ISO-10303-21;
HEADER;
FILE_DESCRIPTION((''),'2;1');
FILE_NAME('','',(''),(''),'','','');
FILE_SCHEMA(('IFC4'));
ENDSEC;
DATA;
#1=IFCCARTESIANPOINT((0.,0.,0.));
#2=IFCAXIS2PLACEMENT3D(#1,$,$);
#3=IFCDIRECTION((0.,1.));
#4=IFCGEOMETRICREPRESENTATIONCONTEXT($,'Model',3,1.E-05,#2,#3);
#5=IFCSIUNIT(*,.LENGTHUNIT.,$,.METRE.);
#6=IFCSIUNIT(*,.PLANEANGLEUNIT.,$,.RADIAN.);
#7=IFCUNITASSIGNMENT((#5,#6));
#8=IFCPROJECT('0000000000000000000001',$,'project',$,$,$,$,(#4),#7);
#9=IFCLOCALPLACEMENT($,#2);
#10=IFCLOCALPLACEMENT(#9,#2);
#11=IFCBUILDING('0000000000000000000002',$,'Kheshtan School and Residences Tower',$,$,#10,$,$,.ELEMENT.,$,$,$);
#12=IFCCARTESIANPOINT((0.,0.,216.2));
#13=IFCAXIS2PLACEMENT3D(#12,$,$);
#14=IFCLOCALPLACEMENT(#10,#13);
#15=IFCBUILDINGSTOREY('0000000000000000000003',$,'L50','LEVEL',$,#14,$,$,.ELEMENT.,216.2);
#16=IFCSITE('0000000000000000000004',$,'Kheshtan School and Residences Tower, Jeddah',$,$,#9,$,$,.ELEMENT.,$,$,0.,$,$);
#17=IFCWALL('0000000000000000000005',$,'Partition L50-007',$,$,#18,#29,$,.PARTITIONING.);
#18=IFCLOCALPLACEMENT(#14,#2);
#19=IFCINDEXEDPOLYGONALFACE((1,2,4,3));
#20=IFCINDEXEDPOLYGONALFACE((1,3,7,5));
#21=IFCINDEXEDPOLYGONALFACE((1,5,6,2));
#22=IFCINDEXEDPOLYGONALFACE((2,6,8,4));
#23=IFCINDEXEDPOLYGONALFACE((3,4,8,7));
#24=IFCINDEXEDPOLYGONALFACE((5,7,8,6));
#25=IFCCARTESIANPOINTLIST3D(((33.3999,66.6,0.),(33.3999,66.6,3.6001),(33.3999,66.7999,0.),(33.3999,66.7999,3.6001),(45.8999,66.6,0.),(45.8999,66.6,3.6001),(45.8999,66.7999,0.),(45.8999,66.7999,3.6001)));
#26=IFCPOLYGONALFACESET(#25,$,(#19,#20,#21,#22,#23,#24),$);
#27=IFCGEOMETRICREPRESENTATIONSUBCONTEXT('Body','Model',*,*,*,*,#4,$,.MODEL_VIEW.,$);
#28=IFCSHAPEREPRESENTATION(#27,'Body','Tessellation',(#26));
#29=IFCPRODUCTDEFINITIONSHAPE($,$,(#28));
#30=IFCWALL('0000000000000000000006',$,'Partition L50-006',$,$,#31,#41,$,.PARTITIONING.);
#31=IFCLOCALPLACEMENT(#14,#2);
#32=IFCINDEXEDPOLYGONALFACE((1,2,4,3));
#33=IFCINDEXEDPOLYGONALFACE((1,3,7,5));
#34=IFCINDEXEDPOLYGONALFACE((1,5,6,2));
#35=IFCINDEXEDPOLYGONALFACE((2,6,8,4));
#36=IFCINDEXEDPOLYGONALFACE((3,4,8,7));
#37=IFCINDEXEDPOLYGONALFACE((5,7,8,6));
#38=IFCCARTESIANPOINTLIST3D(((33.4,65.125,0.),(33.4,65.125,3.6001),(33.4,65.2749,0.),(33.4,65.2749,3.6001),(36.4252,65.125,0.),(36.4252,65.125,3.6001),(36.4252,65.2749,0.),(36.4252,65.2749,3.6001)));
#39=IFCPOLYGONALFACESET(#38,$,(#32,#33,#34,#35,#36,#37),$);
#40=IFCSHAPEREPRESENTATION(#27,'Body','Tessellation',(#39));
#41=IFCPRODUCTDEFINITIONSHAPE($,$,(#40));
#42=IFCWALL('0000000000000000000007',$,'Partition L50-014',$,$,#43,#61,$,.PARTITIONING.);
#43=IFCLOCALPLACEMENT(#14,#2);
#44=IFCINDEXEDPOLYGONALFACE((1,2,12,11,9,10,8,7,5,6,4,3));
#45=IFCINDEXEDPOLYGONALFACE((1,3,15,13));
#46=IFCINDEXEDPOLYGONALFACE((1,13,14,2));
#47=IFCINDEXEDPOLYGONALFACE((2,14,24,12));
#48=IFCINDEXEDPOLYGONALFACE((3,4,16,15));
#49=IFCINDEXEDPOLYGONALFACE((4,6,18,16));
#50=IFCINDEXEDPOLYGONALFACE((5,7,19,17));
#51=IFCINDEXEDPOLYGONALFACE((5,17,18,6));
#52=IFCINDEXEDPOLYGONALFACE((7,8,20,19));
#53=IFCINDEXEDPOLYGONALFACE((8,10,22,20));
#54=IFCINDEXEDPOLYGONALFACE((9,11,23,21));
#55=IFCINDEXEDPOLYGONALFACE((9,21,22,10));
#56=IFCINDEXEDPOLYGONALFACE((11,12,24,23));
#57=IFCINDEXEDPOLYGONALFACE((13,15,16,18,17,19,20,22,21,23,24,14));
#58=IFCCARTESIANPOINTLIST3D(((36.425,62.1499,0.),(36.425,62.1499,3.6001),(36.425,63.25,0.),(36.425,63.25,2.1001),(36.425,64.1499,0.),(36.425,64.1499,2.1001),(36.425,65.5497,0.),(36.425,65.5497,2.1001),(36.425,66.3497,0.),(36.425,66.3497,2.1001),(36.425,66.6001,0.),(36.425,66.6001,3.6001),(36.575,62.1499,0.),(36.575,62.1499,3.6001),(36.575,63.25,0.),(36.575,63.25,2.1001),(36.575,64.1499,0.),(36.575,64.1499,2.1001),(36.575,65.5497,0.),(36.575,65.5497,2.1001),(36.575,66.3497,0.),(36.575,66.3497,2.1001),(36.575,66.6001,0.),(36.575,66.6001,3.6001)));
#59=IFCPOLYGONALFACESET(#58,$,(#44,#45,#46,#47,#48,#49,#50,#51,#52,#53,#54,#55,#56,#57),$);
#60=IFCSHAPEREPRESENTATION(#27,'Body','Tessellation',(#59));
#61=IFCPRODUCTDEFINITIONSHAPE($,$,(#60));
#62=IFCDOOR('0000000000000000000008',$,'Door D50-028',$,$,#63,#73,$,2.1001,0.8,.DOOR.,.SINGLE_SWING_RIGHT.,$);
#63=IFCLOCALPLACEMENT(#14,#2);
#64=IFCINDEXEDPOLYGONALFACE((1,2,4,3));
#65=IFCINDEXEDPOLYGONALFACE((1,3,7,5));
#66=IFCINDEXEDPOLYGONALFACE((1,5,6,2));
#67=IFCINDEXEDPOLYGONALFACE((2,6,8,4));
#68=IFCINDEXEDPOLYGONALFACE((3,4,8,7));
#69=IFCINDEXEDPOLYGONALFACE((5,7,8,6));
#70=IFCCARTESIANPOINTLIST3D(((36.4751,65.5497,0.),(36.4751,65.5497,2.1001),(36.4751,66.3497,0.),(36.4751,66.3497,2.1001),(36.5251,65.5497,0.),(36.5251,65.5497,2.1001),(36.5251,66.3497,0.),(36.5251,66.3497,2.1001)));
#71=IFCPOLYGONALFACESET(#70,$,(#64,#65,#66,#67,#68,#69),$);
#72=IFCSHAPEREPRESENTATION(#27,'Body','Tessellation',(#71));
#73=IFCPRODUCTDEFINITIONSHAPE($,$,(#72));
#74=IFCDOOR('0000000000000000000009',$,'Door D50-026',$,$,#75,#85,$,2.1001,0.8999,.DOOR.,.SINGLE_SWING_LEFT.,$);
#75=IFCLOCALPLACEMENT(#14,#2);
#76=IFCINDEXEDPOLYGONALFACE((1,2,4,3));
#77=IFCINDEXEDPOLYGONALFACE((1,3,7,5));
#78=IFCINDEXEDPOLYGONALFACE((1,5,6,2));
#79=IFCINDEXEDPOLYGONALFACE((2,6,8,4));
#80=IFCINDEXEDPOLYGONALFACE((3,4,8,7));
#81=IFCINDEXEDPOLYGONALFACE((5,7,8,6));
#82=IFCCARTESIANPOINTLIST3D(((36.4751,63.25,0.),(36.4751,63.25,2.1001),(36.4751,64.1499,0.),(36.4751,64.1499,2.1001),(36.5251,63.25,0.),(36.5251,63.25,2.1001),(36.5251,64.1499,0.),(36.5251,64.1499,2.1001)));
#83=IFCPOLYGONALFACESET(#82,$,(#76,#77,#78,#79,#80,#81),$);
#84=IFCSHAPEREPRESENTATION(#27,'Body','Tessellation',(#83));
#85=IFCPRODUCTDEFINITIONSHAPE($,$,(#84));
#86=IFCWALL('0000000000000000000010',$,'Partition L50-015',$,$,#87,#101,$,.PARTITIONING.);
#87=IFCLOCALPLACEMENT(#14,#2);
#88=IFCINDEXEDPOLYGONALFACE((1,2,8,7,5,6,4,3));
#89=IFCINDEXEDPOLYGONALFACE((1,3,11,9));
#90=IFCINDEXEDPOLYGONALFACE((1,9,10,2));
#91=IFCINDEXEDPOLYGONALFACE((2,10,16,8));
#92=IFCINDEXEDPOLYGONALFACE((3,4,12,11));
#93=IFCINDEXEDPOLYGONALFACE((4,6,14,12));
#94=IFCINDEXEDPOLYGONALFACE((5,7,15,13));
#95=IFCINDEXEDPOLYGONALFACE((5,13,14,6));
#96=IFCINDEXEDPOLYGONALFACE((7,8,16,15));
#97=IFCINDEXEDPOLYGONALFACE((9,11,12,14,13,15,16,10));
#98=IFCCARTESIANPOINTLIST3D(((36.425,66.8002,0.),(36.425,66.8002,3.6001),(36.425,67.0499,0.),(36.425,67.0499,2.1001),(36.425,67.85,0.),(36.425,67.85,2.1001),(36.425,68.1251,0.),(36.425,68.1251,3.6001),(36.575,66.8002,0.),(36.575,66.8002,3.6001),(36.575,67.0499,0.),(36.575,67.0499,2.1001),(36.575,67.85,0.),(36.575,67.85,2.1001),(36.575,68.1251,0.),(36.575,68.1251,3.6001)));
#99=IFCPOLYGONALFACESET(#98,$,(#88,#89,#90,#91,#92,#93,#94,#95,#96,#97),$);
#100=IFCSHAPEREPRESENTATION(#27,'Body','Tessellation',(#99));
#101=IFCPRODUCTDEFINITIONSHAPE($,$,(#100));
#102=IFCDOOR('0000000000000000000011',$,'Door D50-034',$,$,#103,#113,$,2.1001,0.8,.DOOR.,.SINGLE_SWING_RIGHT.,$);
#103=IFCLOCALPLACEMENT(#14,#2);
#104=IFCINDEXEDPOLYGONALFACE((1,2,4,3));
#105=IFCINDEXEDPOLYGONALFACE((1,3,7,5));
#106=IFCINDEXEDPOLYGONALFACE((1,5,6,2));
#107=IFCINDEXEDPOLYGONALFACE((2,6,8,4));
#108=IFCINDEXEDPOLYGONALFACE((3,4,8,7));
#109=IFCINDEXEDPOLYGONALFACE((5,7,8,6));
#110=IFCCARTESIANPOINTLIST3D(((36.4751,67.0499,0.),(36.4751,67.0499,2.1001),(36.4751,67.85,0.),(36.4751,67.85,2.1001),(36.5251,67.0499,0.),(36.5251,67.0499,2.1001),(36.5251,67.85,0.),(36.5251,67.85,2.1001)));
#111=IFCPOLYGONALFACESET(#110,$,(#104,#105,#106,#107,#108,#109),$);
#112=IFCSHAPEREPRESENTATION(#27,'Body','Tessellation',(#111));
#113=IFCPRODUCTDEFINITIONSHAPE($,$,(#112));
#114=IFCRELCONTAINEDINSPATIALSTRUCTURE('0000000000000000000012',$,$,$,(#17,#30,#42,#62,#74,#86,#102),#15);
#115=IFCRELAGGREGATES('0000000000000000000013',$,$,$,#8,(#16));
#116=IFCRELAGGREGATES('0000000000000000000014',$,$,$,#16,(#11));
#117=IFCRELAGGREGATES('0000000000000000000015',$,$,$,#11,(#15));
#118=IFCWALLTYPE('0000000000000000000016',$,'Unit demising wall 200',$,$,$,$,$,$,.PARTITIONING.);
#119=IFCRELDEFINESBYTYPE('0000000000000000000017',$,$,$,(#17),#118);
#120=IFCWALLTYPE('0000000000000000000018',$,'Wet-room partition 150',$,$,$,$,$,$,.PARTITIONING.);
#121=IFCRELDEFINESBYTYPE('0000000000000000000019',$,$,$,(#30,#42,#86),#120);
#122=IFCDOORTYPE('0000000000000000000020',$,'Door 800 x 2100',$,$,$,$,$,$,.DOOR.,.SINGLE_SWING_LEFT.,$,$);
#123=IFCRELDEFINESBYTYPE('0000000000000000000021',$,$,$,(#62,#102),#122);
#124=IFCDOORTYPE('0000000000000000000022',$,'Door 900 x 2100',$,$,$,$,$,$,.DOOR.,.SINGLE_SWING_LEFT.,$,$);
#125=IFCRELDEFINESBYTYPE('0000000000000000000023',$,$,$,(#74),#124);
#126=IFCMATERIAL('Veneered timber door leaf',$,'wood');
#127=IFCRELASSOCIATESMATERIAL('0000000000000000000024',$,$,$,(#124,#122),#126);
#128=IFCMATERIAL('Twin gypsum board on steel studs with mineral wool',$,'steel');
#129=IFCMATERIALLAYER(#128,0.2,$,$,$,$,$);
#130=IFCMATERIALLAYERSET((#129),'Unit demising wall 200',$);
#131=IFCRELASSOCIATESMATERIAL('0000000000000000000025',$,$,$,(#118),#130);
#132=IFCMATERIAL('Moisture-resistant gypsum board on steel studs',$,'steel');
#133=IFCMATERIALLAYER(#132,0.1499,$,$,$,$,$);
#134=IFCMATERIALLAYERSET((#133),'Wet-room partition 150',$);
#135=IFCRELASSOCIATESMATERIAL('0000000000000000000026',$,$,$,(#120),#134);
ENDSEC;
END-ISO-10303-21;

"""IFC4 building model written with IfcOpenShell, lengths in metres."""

from ifc_helpers import new_model, si_unit, direction, frame, frame_2d, origin, place, context, subcontext, project, spatial, rectangle, extrude, source, transform, mapped, material, layer, layer_set, type_object, element, fill, save


model = new_model("IFC4")

# Units and contexts
model_context = context("Model", 3, precision=1e-05, world=origin(), true_north=direction((0.0, 1.0)))
body_context = subcontext(model_context, "Body", "Model", "MODEL_VIEW")
ifc_project = project(units=[si_unit("LENGTHUNIT", "METRE"), si_unit("PLANEANGLEUNIT", "RADIAN")], contexts=[model_context])

# Site, building, storey
site_placement = place(None, origin())
site = spatial("IfcSite", under=ifc_project, at=site_placement, Name="Kheshtan School and Residences Tower, Jeddah", CompositionType="ELEMENT", RefElevation=0.0)
building_placement = place(site_placement, origin())
building = spatial("IfcBuilding", under=site, at=building_placement, Name="Kheshtan School and Residences Tower", CompositionType="ELEMENT")
storey_placement = place(building_placement, frame((0.0, 0.0, 216.2)))
storey = spatial("IfcBuildingStorey", under=building, at=storey_placement, Name="L50", Description="LEVEL", CompositionType="ELEMENT", Elevation=216.2)

# Shared definitions
ifc_material_1 = material(Name="Veneered timber door leaf", Category="wood")
door_type_1 = type_object("IfcDoorType", Name="Door 900 x 2100", OperationType="SINGLE_SWING_LEFT", PredefinedType="DOOR", material=ifc_material_1)
shared_shape_1 = source(origin(), body_context, "Body", "SweptSolid", [
    extrude(rectangle(XDim=0.8999, YDim=2.1001, at=frame_2d((0.45, 1.05))), frame((0.0, 0.0249, 0.0), z_axis=(0.0, -1.0, 0.0), x_axis=(1.0, 0.0, 0.0)), (0.0, 0.0, 1.0), 0.05),
])

# Walls
ifc_material_2 = material(Name="Twin gypsum board on steel studs with mineral wool", Category="steel")
ifc_layer_1 = layer(ifc_material_2, 0.2)
ifc_layer_set_1 = layer_set([ifc_layer_1], Name="Unit demising wall 200")
wall_type_1 = type_object("IfcWallType", Name="Unit demising wall 200", PredefinedType="PARTITIONING", material=ifc_layer_set_1)
wall_1_placement = place(storey_placement, frame((33.3999, 66.7, 0.0), z_axis=(0.0, 0.0, 1.0), x_axis=(1.0, 0.0, 0.0)))
element("IfcWall", 1, at=wall_1_placement, inside=storey, type_object=wall_type_1, Name="Partition L50-007", PredefinedType="PARTITIONING", context=body_context, shape_type="SweptSolid", body=[
    extrude(rectangle(XDim=12.5, YDim=0.2, at=frame_2d((6.25, 0.0))), origin(), (0.0, 0.0, 1.0), 3.6001),
])
ifc_material_3 = material(Name="Moisture-resistant gypsum board on steel studs", Category="steel")
ifc_layer_2 = layer(ifc_material_3, 0.1499)
ifc_layer_set_2 = layer_set([ifc_layer_2], Name="Wet-room partition 150")
wall_type_2 = type_object("IfcWallType", Name="Wet-room partition 150", PredefinedType="PARTITIONING", material=ifc_layer_set_2)
wall_2_placement = place(storey_placement, frame((33.3999, 65.2, 0.0), z_axis=(0.0, 0.0, 1.0), x_axis=(1.0, 0.0, 0.0)))
element("IfcWall", 2, at=wall_2_placement, inside=storey, type_object=wall_type_2, Name="Partition L50-006", PredefinedType="PARTITIONING", context=body_context, shape_type="SweptSolid", body=[
    extrude(rectangle(XDim=3.0251, YDim=0.1499, at=frame_2d((1.5127, 0.0))), origin(), (0.0, 0.0, 1.0), 3.6001),
])

# Wall, openings, doors
wall_3_placement = place(storey_placement, frame((36.5, 62.1499, 0.0), z_axis=(0.0, 0.0, 1.0), x_axis=(0.0, 1.0, 0.0)))
wall_3 = element("IfcWall", 3, at=wall_3_placement, inside=storey, type_object=wall_type_2, Name="Partition L50-014", PredefinedType="PARTITIONING", context=body_context, shape_type="SweptSolid", body=[
    extrude(rectangle(XDim=4.4502, YDim=0.1499, at=frame_2d((2.2251, 0.0))), origin(), (0.0, 0.0, 1.0), 3.6001),
])
opening_1_placement = place(wall_3_placement, frame((1.1001, 0.0, 0.0)))
opening_1 = element("IfcOpeningElement", 4, at=opening_1_placement, cuts=wall_3, PredefinedType="OPENING", context=body_context, shape_type="SweptSolid", body=[
    extrude(rectangle(XDim=0.8999, YDim=2.1001, at=frame_2d((0.45, 1.05))), frame((0.0, 0.085, 0.0), z_axis=(0.0, -1.0, 0.0), x_axis=(1.0, 0.0, 0.0)), (0.0, 0.0, 1.0), 0.1699),
])
opening_2_placement = place(wall_3_placement, frame((3.3999, 0.0, 0.0)))
opening_2 = element("IfcOpeningElement", 5, at=opening_2_placement, cuts=wall_3, PredefinedType="OPENING", context=body_context, shape_type="SweptSolid", body=[
    extrude(rectangle(XDim=0.8, YDim=2.1001, at=frame_2d((0.3999, 1.05))), frame((0.0, 0.085, 0.0), z_axis=(0.0, -1.0, 0.0), x_axis=(1.0, 0.0, 0.0)), (0.0, 0.0, 1.0), 0.1699),
])
door_type_2 = type_object("IfcDoorType", Name="Door 800 x 2100", OperationType="SINGLE_SWING_LEFT", PredefinedType="DOOR", material=ifc_material_1)
shared_shape_2 = source(origin(), body_context, "Body", "SweptSolid", [
    extrude(rectangle(XDim=0.8, YDim=2.1001, at=frame_2d((0.3999, 1.05))), frame((0.0, 0.0249, 0.0), z_axis=(0.0, -1.0, 0.0), x_axis=(1.0, 0.0, 0.0)), (0.0, 0.0, 1.0), 0.05),
])
door_1_placement = place(opening_2_placement, origin())
door_1 = element("IfcDoor", 6, at=door_1_placement, inside=storey, type_object=door_type_2, Name="Door D50-028", OperationType="SINGLE_SWING_RIGHT", OverallHeight=2.1001, OverallWidth=0.8, PredefinedType="DOOR", context=body_context, shape_type="MappedRepresentation", body=[
    mapped(shared_shape_2, transform((0.0, 0.0, 0.0), x_axis=(1.0, 0.0, 0.0), y_axis=(0.0, 1.0, 0.0), z_axis=(0.0, 0.0, 1.0), scale=1.0)),
])
fill(opening_2, door_1)
door_2_placement = place(opening_1_placement, origin())
door_2 = element("IfcDoor", 7, at=door_2_placement, inside=storey, type_object=door_type_1, Name="Door D50-026", OperationType="SINGLE_SWING_LEFT", OverallHeight=2.1001, OverallWidth=0.8999, PredefinedType="DOOR", context=body_context, shape_type="MappedRepresentation", body=[
    mapped(shared_shape_1, transform((0.0, 0.0, 0.0), x_axis=(1.0, 0.0, 0.0), y_axis=(0.0, 1.0, 0.0), z_axis=(0.0, 0.0, 1.0), scale=1.0)),
])
fill(opening_1, door_2)

# Wall, opening, door
wall_4_placement = place(storey_placement, frame((36.5, 66.8, 0.0), z_axis=(0.0, 0.0, 1.0), x_axis=(0.0, 1.0, 0.0)))
wall_4 = element("IfcWall", 8, at=wall_4_placement, inside=storey, type_object=wall_type_2, Name="Partition L50-015", PredefinedType="PARTITIONING", context=body_context, shape_type="SweptSolid", body=[
    extrude(rectangle(XDim=1.325, YDim=0.1499, at=frame_2d((0.6626, 0.0))), origin(), (0.0, 0.0, 1.0), 3.6001),
])
opening_3_placement = place(wall_4_placement, frame((0.25, 0.0, 0.0)))
opening_3 = element("IfcOpeningElement", 9, at=opening_3_placement, cuts=wall_4, PredefinedType="OPENING", context=body_context, shape_type="SweptSolid", body=[
    extrude(rectangle(XDim=0.8, YDim=2.1001, at=frame_2d((0.3999, 1.05))), frame((0.0, 0.085, 0.0), z_axis=(0.0, -1.0, 0.0), x_axis=(1.0, 0.0, 0.0)), (0.0, 0.0, 1.0), 0.1699),
])
door_3_placement = place(opening_3_placement, origin())
door_3 = element("IfcDoor", 10, at=door_3_placement, inside=storey, type_object=door_type_2, Name="Door D50-034", OperationType="SINGLE_SWING_RIGHT", OverallHeight=2.1001, OverallWidth=0.8, PredefinedType="DOOR", context=body_context, shape_type="MappedRepresentation", body=[
    mapped(shared_shape_2, transform((0.0, 0.0, 0.0), x_axis=(1.0, 0.0, 0.0), y_axis=(0.0, 1.0, 0.0), z_axis=(0.0, 0.0, 1.0), scale=1.0)),
])
fill(opening_3, door_3)

save(model, "model.ifc")
